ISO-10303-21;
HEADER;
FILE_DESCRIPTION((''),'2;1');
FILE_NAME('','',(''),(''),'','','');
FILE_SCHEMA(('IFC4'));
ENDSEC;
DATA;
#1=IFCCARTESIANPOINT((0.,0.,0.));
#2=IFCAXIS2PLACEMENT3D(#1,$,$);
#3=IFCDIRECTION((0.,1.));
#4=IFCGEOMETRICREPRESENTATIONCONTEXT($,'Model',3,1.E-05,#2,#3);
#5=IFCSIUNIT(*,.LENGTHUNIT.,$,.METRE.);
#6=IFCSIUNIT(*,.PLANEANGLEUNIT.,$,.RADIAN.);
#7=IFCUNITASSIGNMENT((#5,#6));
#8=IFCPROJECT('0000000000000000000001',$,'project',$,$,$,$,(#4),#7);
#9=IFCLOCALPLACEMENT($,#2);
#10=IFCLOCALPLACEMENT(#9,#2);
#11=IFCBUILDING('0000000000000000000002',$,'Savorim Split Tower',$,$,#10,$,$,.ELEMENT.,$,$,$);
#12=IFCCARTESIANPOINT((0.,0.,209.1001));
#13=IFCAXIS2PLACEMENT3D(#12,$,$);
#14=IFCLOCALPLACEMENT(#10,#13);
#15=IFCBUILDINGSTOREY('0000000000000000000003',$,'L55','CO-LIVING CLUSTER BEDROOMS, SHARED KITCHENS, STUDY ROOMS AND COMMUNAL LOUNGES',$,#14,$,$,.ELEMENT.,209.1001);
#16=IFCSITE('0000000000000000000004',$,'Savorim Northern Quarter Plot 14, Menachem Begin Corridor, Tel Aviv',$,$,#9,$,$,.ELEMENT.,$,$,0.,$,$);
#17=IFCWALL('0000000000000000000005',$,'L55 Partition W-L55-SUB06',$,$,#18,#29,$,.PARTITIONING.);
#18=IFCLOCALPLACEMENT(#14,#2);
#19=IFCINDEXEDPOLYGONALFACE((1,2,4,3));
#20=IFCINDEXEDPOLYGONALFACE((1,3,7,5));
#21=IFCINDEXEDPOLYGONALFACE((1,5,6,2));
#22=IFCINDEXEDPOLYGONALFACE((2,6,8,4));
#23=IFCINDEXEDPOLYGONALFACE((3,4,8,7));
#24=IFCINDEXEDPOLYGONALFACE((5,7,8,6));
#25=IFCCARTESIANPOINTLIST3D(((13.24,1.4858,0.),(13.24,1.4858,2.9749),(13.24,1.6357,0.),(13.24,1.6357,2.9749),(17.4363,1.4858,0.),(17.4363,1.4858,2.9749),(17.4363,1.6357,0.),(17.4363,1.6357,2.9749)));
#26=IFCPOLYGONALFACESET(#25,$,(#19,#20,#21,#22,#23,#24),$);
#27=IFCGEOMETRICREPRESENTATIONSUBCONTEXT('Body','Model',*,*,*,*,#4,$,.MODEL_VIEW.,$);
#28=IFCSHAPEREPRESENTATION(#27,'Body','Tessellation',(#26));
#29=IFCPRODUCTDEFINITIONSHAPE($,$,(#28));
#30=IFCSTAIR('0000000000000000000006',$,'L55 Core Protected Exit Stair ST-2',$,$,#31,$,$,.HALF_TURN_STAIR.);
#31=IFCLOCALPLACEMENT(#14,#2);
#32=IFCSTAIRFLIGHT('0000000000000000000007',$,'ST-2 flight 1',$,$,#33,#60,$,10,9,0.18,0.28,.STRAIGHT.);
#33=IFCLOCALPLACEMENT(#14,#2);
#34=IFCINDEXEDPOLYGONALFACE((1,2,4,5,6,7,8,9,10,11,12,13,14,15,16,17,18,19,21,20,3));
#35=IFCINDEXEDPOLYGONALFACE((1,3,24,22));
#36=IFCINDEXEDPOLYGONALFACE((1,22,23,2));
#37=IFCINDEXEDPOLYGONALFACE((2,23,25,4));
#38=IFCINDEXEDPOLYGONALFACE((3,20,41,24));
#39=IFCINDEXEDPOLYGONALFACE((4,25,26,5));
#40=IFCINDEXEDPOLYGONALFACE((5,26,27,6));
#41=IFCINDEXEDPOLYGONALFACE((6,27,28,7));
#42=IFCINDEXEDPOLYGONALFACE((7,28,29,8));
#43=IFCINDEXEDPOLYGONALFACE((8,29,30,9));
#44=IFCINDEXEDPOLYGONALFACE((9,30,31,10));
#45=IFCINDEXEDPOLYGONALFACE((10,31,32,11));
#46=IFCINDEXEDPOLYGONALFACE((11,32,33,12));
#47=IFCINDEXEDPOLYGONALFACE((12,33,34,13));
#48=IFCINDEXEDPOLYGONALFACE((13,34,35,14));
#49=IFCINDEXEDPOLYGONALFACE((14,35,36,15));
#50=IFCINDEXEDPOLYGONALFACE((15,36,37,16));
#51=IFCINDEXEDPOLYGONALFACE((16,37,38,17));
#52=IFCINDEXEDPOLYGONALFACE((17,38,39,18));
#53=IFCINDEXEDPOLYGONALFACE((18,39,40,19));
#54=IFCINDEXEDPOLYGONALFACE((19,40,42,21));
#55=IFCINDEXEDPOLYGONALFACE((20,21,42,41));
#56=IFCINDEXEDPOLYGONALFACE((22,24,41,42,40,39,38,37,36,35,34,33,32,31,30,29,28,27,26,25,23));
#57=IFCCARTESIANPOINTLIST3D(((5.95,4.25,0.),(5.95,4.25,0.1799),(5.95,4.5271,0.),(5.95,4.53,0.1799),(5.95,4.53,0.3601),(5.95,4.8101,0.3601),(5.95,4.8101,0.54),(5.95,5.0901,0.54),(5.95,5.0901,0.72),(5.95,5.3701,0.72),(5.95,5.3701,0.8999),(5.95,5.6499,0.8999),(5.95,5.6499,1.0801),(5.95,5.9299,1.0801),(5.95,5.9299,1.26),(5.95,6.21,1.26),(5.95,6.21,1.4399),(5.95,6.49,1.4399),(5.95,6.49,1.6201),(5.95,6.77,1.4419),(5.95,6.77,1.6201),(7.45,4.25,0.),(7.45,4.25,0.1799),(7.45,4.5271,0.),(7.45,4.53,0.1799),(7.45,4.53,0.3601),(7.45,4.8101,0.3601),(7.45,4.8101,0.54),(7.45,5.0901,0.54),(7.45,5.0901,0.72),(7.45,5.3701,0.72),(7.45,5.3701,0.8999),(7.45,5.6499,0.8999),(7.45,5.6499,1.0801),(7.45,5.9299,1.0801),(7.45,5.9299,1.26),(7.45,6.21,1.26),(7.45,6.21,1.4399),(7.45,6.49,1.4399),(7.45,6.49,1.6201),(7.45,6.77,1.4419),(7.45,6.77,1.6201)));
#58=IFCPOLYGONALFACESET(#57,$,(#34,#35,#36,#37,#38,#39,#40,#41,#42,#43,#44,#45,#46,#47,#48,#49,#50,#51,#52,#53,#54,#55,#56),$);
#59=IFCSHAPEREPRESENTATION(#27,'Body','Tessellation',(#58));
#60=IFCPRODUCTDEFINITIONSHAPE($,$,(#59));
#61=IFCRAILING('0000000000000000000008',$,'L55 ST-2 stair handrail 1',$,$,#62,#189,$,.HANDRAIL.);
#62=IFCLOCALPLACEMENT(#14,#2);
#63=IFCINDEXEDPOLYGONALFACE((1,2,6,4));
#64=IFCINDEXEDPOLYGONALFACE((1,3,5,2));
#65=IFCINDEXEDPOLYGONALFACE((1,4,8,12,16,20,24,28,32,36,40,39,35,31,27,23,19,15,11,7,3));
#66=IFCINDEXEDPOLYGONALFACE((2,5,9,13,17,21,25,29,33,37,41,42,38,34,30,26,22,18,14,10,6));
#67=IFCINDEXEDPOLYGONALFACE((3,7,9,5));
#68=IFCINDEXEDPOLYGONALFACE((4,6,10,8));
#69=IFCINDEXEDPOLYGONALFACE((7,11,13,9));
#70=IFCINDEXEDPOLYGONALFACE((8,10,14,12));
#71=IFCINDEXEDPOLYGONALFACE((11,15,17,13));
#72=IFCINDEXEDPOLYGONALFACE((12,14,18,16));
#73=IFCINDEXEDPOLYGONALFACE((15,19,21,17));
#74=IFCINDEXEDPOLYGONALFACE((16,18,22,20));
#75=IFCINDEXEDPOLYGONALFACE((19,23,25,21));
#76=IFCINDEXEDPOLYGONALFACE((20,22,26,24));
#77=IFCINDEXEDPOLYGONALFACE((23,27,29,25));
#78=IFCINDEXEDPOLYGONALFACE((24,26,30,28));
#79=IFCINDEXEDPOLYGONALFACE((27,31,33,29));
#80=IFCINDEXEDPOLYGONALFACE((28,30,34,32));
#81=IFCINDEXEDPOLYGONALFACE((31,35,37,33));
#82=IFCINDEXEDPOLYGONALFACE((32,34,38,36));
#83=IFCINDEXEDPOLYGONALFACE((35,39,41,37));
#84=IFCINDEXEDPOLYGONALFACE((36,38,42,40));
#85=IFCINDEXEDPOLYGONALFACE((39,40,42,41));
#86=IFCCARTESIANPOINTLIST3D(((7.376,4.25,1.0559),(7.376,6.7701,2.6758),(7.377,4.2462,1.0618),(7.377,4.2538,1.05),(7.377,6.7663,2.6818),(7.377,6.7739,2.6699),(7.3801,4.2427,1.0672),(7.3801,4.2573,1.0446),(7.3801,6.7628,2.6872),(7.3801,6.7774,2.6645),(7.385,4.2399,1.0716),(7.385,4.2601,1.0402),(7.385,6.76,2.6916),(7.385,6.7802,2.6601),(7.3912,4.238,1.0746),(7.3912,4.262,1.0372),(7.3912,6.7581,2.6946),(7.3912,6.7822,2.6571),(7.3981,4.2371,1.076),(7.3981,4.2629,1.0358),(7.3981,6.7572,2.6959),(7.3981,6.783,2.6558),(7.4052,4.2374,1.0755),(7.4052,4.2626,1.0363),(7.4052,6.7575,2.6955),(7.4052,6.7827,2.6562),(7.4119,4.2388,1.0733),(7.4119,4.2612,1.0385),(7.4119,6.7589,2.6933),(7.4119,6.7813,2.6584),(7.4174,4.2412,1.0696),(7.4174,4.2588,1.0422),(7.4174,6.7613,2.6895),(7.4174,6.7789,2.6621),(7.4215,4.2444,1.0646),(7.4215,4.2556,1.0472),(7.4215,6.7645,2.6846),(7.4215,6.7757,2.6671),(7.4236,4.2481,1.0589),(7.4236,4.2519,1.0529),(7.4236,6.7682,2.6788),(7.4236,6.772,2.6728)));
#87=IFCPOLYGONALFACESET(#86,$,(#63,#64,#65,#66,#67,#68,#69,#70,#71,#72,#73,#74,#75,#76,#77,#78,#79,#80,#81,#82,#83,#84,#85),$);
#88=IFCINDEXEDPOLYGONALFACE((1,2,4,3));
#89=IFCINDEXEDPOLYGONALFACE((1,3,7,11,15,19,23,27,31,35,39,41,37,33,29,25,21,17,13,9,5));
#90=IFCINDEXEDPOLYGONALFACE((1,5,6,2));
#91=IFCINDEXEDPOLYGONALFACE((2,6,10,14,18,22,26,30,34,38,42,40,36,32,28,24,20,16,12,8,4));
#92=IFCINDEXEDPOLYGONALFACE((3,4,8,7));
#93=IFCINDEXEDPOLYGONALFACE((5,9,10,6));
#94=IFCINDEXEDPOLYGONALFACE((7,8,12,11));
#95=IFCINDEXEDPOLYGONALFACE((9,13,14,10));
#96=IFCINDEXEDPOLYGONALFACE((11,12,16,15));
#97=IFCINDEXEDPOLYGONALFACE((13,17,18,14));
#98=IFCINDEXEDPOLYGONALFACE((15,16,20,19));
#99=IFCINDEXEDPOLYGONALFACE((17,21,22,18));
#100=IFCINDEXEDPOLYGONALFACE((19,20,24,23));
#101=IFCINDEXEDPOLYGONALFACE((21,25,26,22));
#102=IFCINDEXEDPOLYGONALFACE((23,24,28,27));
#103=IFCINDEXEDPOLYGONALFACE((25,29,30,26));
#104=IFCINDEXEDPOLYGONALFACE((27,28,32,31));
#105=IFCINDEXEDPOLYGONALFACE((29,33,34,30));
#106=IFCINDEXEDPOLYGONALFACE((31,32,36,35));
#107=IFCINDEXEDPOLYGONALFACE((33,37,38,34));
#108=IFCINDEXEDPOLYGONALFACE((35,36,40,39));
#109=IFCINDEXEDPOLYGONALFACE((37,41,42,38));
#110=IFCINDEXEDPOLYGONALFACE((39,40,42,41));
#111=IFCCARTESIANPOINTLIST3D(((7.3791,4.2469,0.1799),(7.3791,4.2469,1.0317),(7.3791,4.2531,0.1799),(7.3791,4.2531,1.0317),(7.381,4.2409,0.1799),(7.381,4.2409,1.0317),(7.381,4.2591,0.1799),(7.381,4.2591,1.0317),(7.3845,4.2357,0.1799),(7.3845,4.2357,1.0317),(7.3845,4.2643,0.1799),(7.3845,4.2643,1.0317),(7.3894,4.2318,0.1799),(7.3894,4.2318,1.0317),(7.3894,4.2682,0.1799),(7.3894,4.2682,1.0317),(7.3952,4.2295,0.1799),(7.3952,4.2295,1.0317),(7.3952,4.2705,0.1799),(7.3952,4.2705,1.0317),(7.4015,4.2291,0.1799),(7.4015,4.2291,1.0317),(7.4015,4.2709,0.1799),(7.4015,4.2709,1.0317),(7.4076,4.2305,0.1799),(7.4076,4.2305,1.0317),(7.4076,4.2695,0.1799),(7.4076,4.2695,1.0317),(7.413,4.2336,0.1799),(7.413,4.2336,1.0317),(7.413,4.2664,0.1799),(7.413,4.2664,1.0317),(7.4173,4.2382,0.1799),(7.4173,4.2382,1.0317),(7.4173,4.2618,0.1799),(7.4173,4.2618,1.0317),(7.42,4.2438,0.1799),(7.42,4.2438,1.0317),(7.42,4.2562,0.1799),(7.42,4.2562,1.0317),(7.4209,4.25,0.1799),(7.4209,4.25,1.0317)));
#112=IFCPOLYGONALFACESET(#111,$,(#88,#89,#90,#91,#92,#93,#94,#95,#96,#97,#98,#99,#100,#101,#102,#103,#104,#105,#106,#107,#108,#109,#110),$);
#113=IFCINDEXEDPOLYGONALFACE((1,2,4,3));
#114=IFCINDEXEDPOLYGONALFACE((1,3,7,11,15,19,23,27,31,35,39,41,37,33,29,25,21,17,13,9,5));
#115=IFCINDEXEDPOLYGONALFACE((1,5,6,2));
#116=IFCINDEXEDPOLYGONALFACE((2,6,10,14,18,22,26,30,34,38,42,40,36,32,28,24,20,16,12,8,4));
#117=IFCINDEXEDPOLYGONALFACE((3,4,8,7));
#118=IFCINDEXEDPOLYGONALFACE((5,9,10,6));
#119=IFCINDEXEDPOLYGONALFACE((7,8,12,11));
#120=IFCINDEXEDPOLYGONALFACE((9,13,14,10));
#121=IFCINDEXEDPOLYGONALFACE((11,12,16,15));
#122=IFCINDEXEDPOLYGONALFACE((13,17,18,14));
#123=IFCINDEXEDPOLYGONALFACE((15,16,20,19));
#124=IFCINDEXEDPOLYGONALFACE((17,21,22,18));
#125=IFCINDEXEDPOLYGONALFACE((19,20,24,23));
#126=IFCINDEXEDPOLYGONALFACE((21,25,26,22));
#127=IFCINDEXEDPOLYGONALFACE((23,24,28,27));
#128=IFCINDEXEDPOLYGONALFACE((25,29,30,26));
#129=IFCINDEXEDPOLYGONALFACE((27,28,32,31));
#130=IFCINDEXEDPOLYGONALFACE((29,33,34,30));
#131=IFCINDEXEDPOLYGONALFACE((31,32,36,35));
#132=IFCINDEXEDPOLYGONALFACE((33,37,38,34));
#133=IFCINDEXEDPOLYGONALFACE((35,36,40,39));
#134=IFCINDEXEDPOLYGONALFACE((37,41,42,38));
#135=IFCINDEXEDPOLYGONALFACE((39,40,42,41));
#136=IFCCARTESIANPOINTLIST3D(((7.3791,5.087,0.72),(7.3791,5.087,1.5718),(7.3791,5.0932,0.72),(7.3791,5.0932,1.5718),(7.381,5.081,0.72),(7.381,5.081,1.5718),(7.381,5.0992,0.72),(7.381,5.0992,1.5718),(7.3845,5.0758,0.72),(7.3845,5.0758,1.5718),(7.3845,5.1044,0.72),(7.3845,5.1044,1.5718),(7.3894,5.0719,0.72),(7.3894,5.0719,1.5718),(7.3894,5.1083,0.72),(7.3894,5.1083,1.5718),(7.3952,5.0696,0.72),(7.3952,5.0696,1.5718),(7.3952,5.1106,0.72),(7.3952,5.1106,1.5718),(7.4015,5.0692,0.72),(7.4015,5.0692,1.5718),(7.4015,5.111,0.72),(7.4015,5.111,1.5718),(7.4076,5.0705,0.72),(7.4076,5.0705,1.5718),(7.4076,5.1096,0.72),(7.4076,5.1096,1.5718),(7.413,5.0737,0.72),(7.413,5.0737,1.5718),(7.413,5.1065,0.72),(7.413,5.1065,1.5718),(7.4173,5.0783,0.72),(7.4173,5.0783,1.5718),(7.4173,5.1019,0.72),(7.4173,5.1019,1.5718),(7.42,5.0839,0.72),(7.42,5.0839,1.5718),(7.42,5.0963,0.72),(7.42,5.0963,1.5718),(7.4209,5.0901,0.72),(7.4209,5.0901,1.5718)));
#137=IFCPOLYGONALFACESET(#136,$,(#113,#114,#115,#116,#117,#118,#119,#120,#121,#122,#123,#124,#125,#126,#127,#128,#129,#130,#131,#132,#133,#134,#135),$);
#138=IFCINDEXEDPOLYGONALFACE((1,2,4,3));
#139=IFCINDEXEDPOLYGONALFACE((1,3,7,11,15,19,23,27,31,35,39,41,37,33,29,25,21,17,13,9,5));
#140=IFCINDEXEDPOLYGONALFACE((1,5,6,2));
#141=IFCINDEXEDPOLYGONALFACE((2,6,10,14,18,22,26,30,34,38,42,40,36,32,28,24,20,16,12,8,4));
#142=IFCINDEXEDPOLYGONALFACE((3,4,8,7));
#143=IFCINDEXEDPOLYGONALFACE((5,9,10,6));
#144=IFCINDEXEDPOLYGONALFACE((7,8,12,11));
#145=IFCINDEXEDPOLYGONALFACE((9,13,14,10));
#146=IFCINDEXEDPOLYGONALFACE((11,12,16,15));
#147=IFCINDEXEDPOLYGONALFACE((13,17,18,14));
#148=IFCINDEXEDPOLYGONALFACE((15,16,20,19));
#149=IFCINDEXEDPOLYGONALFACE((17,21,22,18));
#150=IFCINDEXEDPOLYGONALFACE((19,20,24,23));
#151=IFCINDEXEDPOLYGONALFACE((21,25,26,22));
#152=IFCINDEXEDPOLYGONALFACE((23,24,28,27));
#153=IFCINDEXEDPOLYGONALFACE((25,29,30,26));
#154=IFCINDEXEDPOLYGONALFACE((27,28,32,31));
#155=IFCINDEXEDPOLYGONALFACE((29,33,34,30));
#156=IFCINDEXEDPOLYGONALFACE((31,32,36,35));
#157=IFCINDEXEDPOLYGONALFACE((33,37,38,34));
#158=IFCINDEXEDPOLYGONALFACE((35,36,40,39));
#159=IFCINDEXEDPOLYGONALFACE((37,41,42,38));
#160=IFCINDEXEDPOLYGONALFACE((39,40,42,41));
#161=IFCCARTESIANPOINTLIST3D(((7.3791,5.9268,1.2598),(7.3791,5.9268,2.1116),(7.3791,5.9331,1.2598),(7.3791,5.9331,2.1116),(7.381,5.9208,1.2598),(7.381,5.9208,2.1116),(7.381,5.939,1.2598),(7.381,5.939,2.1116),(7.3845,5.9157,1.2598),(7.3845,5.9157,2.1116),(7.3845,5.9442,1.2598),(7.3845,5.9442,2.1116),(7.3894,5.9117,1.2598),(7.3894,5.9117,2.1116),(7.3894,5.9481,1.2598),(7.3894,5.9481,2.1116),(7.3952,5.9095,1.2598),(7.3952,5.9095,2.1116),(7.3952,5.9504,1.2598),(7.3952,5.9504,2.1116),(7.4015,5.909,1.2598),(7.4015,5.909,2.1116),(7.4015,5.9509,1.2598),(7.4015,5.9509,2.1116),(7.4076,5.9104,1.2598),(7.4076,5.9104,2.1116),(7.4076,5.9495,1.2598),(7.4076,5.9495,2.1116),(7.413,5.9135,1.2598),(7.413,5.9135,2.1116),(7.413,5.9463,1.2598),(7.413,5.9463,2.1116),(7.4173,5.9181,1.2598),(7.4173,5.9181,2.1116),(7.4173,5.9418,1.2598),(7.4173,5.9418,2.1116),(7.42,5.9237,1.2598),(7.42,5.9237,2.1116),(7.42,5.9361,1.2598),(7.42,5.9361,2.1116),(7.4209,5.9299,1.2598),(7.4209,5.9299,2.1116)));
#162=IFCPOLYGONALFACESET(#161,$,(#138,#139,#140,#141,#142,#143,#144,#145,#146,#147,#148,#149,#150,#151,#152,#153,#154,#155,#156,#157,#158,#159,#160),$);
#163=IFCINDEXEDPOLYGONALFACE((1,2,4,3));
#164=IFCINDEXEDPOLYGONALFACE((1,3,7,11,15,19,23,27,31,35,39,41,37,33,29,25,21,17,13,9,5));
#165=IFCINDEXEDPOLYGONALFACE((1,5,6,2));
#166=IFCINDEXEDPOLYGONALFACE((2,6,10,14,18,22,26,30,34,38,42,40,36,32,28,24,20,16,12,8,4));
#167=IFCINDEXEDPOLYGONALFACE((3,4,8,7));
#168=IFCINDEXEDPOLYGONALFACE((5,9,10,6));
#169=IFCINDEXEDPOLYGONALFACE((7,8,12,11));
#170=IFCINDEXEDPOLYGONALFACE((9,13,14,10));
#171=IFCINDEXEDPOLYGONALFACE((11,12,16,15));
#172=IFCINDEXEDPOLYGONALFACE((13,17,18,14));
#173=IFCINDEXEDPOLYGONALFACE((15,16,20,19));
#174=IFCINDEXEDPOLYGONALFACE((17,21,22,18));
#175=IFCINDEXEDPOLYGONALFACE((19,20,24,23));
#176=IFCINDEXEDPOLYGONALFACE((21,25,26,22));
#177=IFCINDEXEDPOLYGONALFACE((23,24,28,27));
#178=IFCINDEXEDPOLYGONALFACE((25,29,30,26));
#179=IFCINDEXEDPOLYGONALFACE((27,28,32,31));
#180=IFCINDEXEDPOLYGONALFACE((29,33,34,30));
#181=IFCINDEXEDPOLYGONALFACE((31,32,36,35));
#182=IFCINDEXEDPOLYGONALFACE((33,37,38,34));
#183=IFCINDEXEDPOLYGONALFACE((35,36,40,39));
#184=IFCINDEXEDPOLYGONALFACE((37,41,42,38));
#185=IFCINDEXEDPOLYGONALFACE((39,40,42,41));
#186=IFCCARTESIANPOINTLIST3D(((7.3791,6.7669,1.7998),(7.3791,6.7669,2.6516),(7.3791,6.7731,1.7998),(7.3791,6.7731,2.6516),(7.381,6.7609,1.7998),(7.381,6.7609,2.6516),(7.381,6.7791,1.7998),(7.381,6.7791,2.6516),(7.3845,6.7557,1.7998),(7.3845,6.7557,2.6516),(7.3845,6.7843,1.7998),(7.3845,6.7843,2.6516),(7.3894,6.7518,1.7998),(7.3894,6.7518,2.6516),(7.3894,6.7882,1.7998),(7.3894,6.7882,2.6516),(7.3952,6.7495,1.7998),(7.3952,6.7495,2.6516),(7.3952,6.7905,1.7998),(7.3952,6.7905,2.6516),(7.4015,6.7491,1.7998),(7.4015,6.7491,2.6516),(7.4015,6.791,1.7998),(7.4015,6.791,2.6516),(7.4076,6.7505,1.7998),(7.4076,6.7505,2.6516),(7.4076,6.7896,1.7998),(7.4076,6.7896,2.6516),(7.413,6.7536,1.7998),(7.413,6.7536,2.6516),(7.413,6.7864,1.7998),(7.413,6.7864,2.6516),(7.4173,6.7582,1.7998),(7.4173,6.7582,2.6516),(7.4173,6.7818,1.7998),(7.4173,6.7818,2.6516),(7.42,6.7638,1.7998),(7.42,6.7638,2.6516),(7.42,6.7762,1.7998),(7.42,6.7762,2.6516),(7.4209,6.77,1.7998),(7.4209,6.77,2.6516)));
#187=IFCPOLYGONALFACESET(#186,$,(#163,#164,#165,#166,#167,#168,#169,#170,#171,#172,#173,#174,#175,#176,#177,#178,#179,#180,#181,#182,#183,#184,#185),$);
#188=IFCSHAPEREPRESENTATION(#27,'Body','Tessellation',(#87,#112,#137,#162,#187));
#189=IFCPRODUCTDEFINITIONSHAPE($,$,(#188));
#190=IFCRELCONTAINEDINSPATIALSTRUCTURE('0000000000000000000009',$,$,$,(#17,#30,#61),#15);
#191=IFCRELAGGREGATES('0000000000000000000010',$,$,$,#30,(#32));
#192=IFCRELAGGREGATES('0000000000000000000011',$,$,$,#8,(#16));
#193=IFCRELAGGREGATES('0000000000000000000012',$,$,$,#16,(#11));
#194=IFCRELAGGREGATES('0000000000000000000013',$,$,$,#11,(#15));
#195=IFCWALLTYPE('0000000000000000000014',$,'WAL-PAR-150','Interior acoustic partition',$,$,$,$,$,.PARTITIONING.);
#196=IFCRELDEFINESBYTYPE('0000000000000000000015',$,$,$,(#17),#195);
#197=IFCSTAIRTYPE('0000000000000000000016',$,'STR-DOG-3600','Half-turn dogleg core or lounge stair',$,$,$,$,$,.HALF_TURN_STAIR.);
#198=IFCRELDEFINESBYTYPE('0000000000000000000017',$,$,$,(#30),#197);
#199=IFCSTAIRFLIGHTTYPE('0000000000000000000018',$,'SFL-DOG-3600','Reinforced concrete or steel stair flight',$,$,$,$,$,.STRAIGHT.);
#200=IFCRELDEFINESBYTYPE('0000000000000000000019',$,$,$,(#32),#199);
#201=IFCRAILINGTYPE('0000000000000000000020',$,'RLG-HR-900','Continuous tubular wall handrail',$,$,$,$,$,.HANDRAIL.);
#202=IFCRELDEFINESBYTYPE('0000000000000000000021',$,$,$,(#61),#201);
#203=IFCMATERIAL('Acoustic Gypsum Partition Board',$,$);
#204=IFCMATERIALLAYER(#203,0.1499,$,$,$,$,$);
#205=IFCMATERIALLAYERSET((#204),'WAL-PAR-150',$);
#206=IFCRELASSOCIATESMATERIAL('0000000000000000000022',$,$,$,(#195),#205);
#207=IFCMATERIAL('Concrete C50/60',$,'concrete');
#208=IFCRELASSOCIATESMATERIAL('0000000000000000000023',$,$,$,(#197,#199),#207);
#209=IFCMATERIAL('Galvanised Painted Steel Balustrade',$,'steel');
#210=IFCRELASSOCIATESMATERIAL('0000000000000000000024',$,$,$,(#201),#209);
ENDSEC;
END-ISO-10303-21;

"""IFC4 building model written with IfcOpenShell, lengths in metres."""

from ifc_helpers import new_model, si_unit, direction, frame, frame_2d, origin, origin_2d, place, context, subcontext, project, spatial, polyline, rectangle, circle, outline, extrude, material, layer, layer_set, type_object, element, aggregate, save


model = new_model("IFC4")

# Units and contexts
model_context = context("Model", 3, precision=1e-05, world=origin(), true_north=direction((0.0, 1.0)))
body_context = subcontext(model_context, "Body", "Model", "MODEL_VIEW")
ifc_project = project(units=[si_unit("LENGTHUNIT", "METRE"), si_unit("PLANEANGLEUNIT", "RADIAN")], contexts=[model_context])

# Site, building, storey
site_placement = place(None, origin())
site = spatial("IfcSite", under=ifc_project, at=site_placement, Name="Savorim Northern Quarter Plot 14, Menachem Begin Corridor, Tel Aviv", CompositionType="ELEMENT", RefElevation=0.0)
building_placement = place(site_placement, origin())
building = spatial("IfcBuilding", under=site, at=building_placement, Name="Savorim Split Tower", CompositionType="ELEMENT")
storey_placement = place(building_placement, frame((0.0, 0.0, 209.1001)))
storey = spatial("IfcBuildingStorey", under=building, at=storey_placement, Name="L55", Description="CO-LIVING CLUSTER BEDROOMS, SHARED KITCHENS, STUDY ROOMS AND COMMUNAL LOUNGES", CompositionType="ELEMENT", Elevation=209.1001)

# Shared definitions
ifc_material_1 = material(Name="Concrete C50/60", Category="concrete")

# Wall
ifc_material_2 = material(Name="Acoustic Gypsum Partition Board")
ifc_layer_1 = layer(ifc_material_2, 0.1499)
ifc_layer_set_1 = layer_set([ifc_layer_1], Name="WAL-PAR-150")
wall_type_1 = type_object("IfcWallType", Name="WAL-PAR-150", Description="Interior acoustic partition", PredefinedType="PARTITIONING", material=ifc_layer_set_1)
wall_1_placement = place(storey_placement, frame((13.24, 1.5608, 0.0), z_axis=(0.0, 0.0, 1.0), x_axis=(1.0, 0.0, 0.0)))
element("IfcWall", 1, at=wall_1_placement, inside=storey, type_object=wall_type_1, Name="L55 Partition W-L55-SUB06", PredefinedType="PARTITIONING", context=body_context, shape_type="SweptSolid", body=[
    extrude(rectangle(XDim=4.1963, YDim=0.1499, at=frame_2d((2.0981, 0.0))), origin(), (0.0, 0.0, 1.0), 2.9749),
])

# Stair, stair flight
stair_type = type_object("IfcStairType", Name="STR-DOG-3600", Description="Half-turn dogleg core or lounge stair", PredefinedType="HALF_TURN_STAIR", material=ifc_material_1)
stair_placement = place(storey_placement, origin())
stair = element("IfcStair", 2, at=stair_placement, inside=storey, type_object=stair_type, Name="L55 Core Protected Exit Stair ST-2", PredefinedType="HALF_TURN_STAIR")
stair_flight_type = type_object("IfcStairFlightType", Name="SFL-DOG-3600", Description="Reinforced concrete or steel stair flight", PredefinedType="STRAIGHT", material=ifc_material_1)
stair_flight_placement = place(storey_placement, frame((6.7, 4.25, 0.0), z_axis=(0.0, 0.0, 1.0), x_axis=(0.0, 1.0, 0.0)))
stair_flight = element("IfcStairFlight", 3, at=stair_flight_placement, type_object=stair_flight_type, Name="ST-2 flight 1", NumberOfRisers=10, NumberOfTreads=9, PredefinedType="STRAIGHT", RiserHeight=0.18, TreadLength=0.28, context=body_context, shape_type="SweptSolid", body=[
    extrude(outline(polyline([(0.0, 0.0), (0.0, 0.1799), (0.28, 0.1799), (0.28, 0.3601), (0.5601, 0.3601), (0.5601, 0.54), (0.8401, 0.54), (0.8401, 0.72), (1.1201, 0.72), (1.1201, 0.8999), (1.3999, 0.8999), (1.3999, 1.0801), (1.6799, 1.0801), (1.6799, 1.26), (1.96, 1.26), (1.96, 1.4399), (2.24, 1.4399), (2.24, 1.6201), (2.52, 1.6201), (2.52, 1.8), (2.52, 1.4419), (0.2771, 0.0), (0.0, 0.0)])), frame((0.0, 0.75, 0.0), z_axis=(0.0, -1.0, 0.0), x_axis=(1.0, 0.0, 0.0)), (0.0, 0.0, 1.0), 1.5),
])
aggregate(stair, [stair_flight])

# Railing
ifc_material_3 = material(Name="Galvanised Painted Steel Balustrade", Category="steel")
railing_type_1 = type_object("IfcRailingType", Name="RLG-HR-900", Description="Continuous tubular wall handrail", PredefinedType="HANDRAIL", material=ifc_material_3)
railing_1_placement = place(storey_placement, frame((7.3999, 4.25, 0.1799)))
element("IfcRailing", 4, at=railing_1_placement, inside=storey, type_object=railing_type_1, Name="L55 ST-2 stair handrail 1", PredefinedType="HANDRAIL", context=body_context, shape_type="SweptSolid", body=[
    extrude(circle(Radius=0.0239, at=origin_2d()), frame((0.0, 0.0, 0.876), z_axis=(0.0, 0.8412, 0.540725), x_axis=(-1.0, 0.0, 0.0)), (0.0, 0.0, 1.0), 2.9958),
    extrude(circle(Radius=0.021, at=origin_2d()), origin(), (0.0, 0.0, 1.0), 0.8518),
    extrude(circle(Radius=0.021, at=origin_2d()), frame((0.0, 0.8401, 0.54)), (0.0, 0.0, 1.0), 0.8518),
    extrude(circle(Radius=0.021, at=origin_2d()), frame((0.0, 1.6799, 1.0798)), (0.0, 0.0, 1.0), 0.8518),
    extrude(circle(Radius=0.021, at=origin_2d()), frame((0.0, 2.52, 1.6199)), (0.0, 0.0, 1.0), 0.8518),
])

save(model, "model.ifc")
